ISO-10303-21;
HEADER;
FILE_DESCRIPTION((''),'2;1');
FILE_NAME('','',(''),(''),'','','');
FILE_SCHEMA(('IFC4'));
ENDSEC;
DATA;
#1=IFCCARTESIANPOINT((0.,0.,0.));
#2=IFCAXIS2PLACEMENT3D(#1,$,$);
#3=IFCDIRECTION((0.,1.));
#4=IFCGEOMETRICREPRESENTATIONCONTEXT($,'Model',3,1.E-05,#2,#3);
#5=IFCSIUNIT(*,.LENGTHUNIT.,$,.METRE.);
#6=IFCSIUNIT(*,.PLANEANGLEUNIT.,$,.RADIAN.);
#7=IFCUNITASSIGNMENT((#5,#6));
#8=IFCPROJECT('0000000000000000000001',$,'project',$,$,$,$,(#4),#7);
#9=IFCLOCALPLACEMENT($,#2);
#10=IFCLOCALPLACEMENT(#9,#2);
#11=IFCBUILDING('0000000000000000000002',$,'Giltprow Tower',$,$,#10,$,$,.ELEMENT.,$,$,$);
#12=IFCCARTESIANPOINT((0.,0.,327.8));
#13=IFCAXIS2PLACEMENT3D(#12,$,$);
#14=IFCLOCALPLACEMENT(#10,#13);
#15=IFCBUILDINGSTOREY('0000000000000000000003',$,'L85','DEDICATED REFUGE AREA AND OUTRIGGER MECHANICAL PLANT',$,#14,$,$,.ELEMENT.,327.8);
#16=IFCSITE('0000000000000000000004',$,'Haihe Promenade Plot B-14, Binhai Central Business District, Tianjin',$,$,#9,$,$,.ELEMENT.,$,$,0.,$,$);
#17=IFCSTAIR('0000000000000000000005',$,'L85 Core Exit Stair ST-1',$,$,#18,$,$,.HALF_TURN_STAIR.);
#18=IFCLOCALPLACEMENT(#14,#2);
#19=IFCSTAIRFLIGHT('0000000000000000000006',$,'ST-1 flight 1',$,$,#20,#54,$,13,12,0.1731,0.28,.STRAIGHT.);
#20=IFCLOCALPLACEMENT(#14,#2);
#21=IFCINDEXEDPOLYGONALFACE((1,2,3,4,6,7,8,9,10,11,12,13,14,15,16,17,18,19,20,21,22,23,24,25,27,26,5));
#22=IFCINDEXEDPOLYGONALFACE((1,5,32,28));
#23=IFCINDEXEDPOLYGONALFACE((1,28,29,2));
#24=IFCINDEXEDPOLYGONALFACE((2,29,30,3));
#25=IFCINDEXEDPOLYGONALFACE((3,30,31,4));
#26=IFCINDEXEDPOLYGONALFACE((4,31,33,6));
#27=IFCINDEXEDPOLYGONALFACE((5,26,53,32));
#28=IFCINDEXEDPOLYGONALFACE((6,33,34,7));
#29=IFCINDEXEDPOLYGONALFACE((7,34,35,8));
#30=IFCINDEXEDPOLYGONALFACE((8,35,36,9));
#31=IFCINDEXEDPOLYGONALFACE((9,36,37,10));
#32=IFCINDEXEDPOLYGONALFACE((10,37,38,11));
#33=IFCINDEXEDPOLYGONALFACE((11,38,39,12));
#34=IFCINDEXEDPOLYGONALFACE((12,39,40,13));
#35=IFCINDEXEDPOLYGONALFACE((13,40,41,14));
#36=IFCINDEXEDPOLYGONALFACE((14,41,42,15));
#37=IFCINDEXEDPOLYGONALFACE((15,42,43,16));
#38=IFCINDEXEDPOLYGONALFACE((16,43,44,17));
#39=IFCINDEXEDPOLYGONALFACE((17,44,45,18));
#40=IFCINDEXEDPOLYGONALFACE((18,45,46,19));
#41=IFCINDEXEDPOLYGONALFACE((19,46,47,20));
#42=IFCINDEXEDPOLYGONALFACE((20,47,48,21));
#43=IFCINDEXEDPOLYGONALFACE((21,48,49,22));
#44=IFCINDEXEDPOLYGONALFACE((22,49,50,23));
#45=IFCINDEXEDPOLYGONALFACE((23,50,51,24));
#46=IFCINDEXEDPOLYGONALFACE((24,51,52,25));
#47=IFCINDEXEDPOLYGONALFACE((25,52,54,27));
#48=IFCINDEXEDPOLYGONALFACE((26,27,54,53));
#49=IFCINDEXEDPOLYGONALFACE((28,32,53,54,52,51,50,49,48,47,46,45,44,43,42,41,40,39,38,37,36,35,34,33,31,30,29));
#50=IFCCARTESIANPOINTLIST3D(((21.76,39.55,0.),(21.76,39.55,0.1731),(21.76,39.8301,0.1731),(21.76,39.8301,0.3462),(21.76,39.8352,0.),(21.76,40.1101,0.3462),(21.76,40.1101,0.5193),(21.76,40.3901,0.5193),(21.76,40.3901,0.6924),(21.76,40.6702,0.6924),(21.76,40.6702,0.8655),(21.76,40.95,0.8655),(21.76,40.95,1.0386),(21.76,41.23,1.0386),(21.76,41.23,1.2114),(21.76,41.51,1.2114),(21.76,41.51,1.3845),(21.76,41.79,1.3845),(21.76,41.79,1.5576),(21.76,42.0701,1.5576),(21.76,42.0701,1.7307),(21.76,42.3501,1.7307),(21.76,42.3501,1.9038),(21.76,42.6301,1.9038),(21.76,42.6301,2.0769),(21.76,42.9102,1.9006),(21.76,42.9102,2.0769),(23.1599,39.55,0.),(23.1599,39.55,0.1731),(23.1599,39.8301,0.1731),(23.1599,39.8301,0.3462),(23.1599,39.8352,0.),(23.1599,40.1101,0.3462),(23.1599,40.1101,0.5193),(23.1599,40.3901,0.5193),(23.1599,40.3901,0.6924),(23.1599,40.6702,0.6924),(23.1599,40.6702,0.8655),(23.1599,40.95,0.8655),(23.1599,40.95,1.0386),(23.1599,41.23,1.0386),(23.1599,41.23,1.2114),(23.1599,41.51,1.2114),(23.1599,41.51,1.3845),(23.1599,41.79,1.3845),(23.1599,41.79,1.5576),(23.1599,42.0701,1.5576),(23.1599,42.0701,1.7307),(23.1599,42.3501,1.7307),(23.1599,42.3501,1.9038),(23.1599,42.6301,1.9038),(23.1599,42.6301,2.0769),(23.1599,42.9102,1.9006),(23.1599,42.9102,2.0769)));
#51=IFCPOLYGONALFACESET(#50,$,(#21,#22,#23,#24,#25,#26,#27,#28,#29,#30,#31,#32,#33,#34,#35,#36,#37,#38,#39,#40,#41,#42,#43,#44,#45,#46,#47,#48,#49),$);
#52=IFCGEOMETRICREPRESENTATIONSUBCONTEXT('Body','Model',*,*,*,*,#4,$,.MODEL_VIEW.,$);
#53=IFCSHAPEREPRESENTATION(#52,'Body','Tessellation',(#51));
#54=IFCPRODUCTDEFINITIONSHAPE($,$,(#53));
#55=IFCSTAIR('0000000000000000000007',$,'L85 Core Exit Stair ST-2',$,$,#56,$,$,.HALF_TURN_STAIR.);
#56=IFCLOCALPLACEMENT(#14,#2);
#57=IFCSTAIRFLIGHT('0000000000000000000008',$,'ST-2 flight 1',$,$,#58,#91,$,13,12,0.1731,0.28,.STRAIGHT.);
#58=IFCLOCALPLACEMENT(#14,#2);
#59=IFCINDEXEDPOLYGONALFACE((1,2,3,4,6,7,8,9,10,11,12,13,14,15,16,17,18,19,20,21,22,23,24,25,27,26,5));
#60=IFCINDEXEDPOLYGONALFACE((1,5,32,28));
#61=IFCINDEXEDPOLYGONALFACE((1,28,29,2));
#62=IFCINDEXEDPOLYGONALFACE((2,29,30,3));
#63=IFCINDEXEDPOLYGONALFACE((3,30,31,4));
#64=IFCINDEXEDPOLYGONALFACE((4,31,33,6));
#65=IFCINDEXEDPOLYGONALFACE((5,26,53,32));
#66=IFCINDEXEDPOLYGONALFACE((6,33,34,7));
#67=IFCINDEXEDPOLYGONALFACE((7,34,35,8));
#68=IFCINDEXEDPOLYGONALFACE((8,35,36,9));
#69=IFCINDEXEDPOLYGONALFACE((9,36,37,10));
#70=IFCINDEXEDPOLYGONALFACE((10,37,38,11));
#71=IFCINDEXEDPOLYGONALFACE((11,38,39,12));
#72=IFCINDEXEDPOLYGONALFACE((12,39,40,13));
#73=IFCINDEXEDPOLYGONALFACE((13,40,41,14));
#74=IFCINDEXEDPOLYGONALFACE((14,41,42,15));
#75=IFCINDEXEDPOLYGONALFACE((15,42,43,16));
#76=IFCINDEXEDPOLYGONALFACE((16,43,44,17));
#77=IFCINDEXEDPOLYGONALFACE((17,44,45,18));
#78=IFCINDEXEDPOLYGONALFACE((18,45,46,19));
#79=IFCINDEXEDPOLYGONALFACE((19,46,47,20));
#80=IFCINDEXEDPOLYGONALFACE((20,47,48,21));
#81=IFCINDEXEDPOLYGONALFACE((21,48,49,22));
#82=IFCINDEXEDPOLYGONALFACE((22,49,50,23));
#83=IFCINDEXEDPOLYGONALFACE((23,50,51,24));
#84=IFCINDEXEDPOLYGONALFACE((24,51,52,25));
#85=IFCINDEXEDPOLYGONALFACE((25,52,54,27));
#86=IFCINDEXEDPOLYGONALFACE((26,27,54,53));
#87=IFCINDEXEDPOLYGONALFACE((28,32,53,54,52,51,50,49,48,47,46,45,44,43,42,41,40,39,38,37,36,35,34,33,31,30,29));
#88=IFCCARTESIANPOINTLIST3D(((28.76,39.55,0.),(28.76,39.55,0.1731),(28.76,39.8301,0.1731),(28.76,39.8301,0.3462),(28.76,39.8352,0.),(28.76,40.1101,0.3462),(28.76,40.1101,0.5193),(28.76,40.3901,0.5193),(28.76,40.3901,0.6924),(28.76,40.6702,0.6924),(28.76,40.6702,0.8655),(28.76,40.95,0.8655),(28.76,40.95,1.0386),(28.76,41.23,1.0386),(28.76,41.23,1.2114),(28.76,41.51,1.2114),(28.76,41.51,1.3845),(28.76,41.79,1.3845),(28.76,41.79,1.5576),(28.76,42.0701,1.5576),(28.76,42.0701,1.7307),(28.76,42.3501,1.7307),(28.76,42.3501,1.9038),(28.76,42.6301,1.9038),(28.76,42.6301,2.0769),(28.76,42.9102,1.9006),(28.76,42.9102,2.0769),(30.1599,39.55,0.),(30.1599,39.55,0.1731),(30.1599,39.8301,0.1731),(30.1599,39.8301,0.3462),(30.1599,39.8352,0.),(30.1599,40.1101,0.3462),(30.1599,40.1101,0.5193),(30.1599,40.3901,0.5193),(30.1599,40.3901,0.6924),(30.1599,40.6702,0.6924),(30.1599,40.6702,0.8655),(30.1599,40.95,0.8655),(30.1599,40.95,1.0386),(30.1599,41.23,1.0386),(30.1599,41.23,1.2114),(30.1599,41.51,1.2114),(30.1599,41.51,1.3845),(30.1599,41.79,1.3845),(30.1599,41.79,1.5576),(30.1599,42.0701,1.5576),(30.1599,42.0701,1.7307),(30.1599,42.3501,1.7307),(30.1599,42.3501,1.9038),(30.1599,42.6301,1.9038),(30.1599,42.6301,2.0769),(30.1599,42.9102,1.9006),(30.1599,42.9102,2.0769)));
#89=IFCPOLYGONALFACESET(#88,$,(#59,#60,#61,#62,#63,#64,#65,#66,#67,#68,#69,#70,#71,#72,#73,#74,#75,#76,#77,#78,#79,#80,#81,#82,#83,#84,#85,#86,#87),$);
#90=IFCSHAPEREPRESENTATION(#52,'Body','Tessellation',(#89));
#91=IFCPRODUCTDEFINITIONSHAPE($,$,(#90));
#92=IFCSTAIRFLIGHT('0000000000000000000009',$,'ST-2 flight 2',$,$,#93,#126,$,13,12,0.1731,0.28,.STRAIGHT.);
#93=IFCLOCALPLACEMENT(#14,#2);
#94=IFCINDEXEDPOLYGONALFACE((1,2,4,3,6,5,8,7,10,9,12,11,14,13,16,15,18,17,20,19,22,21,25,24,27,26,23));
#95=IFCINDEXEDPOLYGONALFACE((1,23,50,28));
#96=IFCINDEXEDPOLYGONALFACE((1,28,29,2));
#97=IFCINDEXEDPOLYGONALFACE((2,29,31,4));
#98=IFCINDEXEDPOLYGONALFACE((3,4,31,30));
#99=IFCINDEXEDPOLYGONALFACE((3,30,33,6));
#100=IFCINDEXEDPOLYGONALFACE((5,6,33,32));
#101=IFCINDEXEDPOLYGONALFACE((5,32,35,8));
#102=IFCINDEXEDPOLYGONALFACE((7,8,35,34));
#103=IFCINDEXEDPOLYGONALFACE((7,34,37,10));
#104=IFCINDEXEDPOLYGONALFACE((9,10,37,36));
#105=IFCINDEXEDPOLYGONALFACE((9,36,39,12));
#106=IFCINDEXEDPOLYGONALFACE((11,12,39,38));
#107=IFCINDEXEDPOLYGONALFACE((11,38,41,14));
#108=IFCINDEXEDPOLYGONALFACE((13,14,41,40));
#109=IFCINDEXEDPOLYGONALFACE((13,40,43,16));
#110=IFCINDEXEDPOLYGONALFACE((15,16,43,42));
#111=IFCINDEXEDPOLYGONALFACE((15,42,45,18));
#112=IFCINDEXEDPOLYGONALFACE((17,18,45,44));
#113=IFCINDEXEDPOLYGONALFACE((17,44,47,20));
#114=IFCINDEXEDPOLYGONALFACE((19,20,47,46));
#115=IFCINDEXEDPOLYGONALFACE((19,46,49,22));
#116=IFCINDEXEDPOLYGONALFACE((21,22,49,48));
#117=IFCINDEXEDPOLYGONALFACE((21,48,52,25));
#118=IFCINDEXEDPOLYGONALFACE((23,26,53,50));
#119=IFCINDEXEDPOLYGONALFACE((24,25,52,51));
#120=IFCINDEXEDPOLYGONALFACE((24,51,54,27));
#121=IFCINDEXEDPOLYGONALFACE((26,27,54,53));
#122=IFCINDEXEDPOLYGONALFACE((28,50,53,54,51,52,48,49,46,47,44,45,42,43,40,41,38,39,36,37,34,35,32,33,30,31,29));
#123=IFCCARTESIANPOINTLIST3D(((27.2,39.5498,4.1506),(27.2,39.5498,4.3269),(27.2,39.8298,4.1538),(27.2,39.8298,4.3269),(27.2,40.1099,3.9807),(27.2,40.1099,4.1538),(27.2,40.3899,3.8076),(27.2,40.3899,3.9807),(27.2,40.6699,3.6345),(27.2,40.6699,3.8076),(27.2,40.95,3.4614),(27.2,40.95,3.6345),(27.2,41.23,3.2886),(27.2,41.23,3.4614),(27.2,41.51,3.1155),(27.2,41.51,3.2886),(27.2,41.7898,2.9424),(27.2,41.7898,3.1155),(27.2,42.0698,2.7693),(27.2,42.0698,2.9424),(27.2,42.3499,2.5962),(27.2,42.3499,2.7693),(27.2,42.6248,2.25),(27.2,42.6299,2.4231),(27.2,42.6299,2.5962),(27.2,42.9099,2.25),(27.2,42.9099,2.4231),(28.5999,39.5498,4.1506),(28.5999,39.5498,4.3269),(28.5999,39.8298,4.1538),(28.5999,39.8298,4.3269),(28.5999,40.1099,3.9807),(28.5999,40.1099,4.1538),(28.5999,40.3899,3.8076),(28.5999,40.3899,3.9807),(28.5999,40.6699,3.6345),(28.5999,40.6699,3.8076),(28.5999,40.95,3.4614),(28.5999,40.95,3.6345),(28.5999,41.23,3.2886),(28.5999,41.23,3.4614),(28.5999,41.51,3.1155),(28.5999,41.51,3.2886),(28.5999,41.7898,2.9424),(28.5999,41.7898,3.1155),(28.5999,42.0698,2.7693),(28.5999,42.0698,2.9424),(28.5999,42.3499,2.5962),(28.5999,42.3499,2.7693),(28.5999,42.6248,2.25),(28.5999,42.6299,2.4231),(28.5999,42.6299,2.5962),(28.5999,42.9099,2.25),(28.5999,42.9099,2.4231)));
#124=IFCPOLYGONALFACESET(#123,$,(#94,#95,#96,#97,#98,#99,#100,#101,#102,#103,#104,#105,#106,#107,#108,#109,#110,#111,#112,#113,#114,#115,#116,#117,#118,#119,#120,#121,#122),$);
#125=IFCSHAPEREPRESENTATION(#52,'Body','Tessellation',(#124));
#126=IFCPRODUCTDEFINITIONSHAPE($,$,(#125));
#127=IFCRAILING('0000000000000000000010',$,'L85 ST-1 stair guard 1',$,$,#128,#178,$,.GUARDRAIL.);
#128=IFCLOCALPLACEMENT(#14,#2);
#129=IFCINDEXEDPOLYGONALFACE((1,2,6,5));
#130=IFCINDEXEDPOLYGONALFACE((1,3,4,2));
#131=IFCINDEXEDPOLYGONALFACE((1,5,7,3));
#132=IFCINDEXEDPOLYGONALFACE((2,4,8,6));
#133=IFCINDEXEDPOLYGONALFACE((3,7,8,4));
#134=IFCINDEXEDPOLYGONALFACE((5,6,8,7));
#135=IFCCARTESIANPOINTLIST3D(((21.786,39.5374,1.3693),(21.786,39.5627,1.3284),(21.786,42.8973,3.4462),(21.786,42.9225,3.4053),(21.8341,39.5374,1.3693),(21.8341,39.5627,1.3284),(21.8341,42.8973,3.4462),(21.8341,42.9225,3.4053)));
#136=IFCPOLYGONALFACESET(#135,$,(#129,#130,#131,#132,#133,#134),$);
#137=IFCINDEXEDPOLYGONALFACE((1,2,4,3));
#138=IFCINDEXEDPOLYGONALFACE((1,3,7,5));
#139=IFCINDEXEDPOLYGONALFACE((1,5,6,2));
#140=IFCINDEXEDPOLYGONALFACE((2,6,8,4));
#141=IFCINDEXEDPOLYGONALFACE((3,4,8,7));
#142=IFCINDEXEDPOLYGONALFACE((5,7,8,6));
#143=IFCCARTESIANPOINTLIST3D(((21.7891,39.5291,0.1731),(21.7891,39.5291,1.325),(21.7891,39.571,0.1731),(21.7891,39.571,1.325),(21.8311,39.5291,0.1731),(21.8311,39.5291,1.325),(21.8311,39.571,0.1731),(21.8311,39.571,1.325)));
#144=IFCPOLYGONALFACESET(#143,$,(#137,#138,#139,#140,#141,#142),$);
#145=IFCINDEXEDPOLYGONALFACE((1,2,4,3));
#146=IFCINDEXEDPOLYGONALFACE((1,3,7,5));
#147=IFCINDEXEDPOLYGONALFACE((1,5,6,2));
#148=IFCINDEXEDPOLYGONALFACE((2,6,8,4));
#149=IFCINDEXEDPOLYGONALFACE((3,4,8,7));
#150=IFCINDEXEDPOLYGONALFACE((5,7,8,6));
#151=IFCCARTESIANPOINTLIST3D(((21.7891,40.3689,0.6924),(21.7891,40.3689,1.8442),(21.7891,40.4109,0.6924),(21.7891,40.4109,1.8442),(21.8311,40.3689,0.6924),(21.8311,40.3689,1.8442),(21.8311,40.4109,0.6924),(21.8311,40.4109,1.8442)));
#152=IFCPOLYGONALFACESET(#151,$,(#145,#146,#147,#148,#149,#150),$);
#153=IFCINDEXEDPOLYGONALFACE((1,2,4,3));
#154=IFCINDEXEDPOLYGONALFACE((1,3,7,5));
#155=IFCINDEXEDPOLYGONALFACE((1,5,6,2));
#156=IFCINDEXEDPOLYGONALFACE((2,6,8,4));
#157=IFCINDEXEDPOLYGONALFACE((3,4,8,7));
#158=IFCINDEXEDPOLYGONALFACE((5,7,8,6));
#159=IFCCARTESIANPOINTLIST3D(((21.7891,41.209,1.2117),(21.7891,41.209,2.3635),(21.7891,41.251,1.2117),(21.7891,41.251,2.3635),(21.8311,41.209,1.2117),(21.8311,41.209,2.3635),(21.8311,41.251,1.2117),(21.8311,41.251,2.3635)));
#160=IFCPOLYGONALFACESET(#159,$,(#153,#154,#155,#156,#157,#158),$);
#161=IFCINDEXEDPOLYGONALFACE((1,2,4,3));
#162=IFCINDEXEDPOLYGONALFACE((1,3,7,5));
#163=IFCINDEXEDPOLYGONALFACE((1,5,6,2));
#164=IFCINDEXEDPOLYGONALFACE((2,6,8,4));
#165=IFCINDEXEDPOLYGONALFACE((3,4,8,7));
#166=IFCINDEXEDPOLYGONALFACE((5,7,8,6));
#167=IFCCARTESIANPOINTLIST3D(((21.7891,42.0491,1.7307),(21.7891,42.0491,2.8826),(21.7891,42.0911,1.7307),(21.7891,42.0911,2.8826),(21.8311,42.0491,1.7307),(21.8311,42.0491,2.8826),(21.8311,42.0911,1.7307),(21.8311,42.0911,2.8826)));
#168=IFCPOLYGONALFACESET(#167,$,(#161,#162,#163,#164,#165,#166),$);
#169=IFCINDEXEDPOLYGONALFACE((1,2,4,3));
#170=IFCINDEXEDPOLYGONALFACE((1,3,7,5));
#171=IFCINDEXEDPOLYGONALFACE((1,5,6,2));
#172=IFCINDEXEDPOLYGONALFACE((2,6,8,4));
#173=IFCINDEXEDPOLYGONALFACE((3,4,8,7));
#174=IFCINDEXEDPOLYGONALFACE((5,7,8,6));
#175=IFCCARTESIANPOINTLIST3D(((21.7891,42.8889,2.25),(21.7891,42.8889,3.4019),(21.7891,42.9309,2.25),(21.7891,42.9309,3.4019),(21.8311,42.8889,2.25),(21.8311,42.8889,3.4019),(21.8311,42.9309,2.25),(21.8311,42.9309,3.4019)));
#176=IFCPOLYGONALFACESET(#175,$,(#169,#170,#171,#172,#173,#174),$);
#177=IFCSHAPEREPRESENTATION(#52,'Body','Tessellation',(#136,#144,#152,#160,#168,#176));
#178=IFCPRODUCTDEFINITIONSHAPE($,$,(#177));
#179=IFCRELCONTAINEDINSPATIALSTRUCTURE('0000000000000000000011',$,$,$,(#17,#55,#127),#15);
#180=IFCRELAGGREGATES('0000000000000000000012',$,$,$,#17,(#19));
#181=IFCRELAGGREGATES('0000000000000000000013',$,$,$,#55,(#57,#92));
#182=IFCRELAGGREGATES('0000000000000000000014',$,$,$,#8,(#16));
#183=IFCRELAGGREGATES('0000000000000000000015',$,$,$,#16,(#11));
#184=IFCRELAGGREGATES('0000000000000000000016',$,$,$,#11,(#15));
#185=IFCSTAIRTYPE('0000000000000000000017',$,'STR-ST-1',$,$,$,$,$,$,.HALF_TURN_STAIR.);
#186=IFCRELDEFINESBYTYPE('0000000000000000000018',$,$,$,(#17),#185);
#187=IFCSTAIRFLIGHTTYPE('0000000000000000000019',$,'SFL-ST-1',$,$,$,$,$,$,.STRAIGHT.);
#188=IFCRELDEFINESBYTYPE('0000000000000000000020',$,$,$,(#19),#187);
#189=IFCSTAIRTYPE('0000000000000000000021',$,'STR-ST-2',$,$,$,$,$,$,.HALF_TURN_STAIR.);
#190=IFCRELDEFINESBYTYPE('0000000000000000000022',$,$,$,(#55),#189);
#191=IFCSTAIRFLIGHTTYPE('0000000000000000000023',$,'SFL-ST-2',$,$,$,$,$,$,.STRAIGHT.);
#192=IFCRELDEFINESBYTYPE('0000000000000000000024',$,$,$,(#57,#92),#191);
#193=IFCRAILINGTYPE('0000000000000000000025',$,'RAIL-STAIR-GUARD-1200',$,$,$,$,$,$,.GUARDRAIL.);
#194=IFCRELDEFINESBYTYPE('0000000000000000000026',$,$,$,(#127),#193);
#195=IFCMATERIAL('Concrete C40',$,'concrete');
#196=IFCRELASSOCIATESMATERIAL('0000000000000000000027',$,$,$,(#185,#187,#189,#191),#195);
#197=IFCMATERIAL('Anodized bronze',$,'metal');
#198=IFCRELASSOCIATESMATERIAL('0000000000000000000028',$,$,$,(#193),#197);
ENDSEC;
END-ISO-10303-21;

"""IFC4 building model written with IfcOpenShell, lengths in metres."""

from ifc_helpers import new_model, si_unit, direction, frame, origin, origin_2d, place, context, subcontext, project, spatial, polyline, rectangle, outline, extrude, material, type_object, element, aggregate, save


model = new_model("IFC4")

# Units and contexts
model_context = context("Model", 3, precision=1e-05, world=origin(), true_north=direction((0.0, 1.0)))
body_context = subcontext(model_context, "Body", "Model", "MODEL_VIEW")
ifc_project = project(units=[si_unit("LENGTHUNIT", "METRE"), si_unit("PLANEANGLEUNIT", "RADIAN")], contexts=[model_context])

# Site, building, storey
site_placement = place(None, origin())
site = spatial("IfcSite", under=ifc_project, at=site_placement, Name="Haihe Promenade Plot B-14, Binhai Central Business District, Tianjin", CompositionType="ELEMENT", RefElevation=0.0)
building_placement = place(site_placement, origin())
building = spatial("IfcBuilding", under=site, at=building_placement, Name="Giltprow Tower", CompositionType="ELEMENT")
storey_placement = place(building_placement, frame((0.0, 0.0, 327.8)))
storey = spatial("IfcBuildingStorey", under=building, at=storey_placement, Name="L85", Description="DEDICATED REFUGE AREA AND OUTRIGGER MECHANICAL PLANT", CompositionType="ELEMENT", Elevation=327.8)

# Shared definitions
ifc_material_1 = material(Name="Concrete C40", Category="concrete")

# Stair, stair flight
stair_type_1 = type_object("IfcStairType", Name="STR-ST-1", PredefinedType="HALF_TURN_STAIR", material=ifc_material_1)
stair_1_placement = place(storey_placement, origin())
stair_1 = element("IfcStair", 1, at=stair_1_placement, inside=storey, type_object=stair_type_1, Name="L85 Core Exit Stair ST-1", PredefinedType="HALF_TURN_STAIR")
stair_flight_type_1 = type_object("IfcStairFlightType", Name="SFL-ST-1", PredefinedType="STRAIGHT", material=ifc_material_1)
stair_flight_1_placement = place(storey_placement, frame((22.46, 39.55, 0.0), z_axis=(0.0, 0.0, 1.0), x_axis=(0.0, 1.0, 0.0)))
stair_flight_1 = element("IfcStairFlight", 2, at=stair_flight_1_placement, type_object=stair_flight_type_1, Name="ST-1 flight 1", NumberOfRisers=13, NumberOfTreads=12, PredefinedType="STRAIGHT", RiserHeight=0.1731, TreadLength=0.28, context=body_context, shape_type="SweptSolid", body=[
    extrude(outline(polyline([(0.0, 0.0), (0.0, 0.1731), (0.28, 0.1731), (0.28, 0.3462), (0.5601, 0.3462), (0.5601, 0.5193), (0.8401, 0.5193), (0.8401, 0.6924), (1.1201, 0.6924), (1.1201, 0.8655), (1.3999, 0.8655), (1.3999, 1.0386), (1.6799, 1.0386), (1.6799, 1.2114), (1.96, 1.2114), (1.96, 1.3845), (2.24, 1.3845), (2.24, 1.5576), (2.52, 1.5576), (2.52, 1.7307), (2.8, 1.7307), (2.8, 1.9038), (3.0801, 1.9038), (3.0801, 2.0769), (3.3601, 2.0769), (3.3601, 2.25), (3.3601, 1.9006), (0.2852, 0.0), (0.0, 0.0)])), frame((0.0, 0.7, 0.0), z_axis=(0.0, -1.0, 0.0), x_axis=(1.0, 0.0, 0.0)), (0.0, 0.0, 1.0), 1.3999),
])
aggregate(stair_1, [stair_flight_1])

# Stair, stair flights
stair_type_2 = type_object("IfcStairType", Name="STR-ST-2", PredefinedType="HALF_TURN_STAIR", material=ifc_material_1)
stair_2_placement = place(storey_placement, origin())
stair_2 = element("IfcStair", 3, at=stair_2_placement, inside=storey, type_object=stair_type_2, Name="L85 Core Exit Stair ST-2", PredefinedType="HALF_TURN_STAIR")
stair_flight_type_2 = type_object("IfcStairFlightType", Name="SFL-ST-2", PredefinedType="STRAIGHT", material=ifc_material_1)
stair_flight_2_placement = place(storey_placement, frame((29.46, 39.55, 0.0), z_axis=(0.0, 0.0, 1.0), x_axis=(0.0, 1.0, 0.0)))
stair_flight_2 = element("IfcStairFlight", 4, at=stair_flight_2_placement, type_object=stair_flight_type_2, Name="ST-2 flight 1", NumberOfRisers=13, NumberOfTreads=12, PredefinedType="STRAIGHT", RiserHeight=0.1731, TreadLength=0.28, context=body_context, shape_type="SweptSolid", body=[
    extrude(outline(polyline([(0.0, 0.0), (0.0, 0.1731), (0.28, 0.1731), (0.28, 0.3462), (0.5601, 0.3462), (0.5601, 0.5193), (0.8401, 0.5193), (0.8401, 0.6924), (1.1201, 0.6924), (1.1201, 0.8655), (1.3999, 0.8655), (1.3999, 1.0386), (1.6799, 1.0386), (1.6799, 1.2114), (1.96, 1.2114), (1.96, 1.3845), (2.24, 1.3845), (2.24, 1.5576), (2.52, 1.5576), (2.52, 1.7307), (2.8, 1.7307), (2.8, 1.9038), (3.0801, 1.9038), (3.0801, 2.0769), (3.3601, 2.0769), (3.3601, 2.25), (3.3601, 1.9006), (0.2852, 0.0), (0.0, 0.0)])), frame((0.0, 0.7, 0.0), z_axis=(0.0, -1.0, 0.0), x_axis=(1.0, 0.0, 0.0)), (0.0, 0.0, 1.0), 1.3999),
])
stair_flight_3_placement = place(storey_placement, frame((27.8999, 42.9099, 2.25), z_axis=(0.0, 0.0, 1.0), x_axis=(0.0, -1.0, 0.0)))
stair_flight_3 = element("IfcStairFlight", 5, at=stair_flight_3_placement, type_object=stair_flight_type_2, Name="ST-2 flight 2", NumberOfRisers=13, NumberOfTreads=12, PredefinedType="STRAIGHT", RiserHeight=0.1731, TreadLength=0.28, context=body_context, shape_type="SweptSolid", body=[
    extrude(outline(polyline([(0.0, 0.0), (0.0, 0.1731), (0.28, 0.1731), (0.28, 0.3462), (0.5601, 0.3462), (0.5601, 0.5193), (0.8401, 0.5193), (0.8401, 0.6924), (1.1201, 0.6924), (1.1201, 0.8655), (1.3999, 0.8655), (1.3999, 1.0386), (1.6799, 1.0386), (1.6799, 1.2114), (1.96, 1.2114), (1.96, 1.3845), (2.24, 1.3845), (2.24, 1.5576), (2.52, 1.5576), (2.52, 1.7307), (2.8, 1.7307), (2.8, 1.9038), (3.0801, 1.9038), (3.0801, 2.0769), (3.3601, 2.0769), (3.3601, 2.25), (3.3601, 1.9006), (0.2852, 0.0), (0.0, 0.0)])), frame((0.0, 0.7, 0.0), z_axis=(0.0, -1.0, 0.0), x_axis=(1.0, 0.0, 0.0)), (0.0, 0.0, 1.0), 1.3999),
])
aggregate(stair_2, [stair_flight_2, stair_flight_3])

# Railing
ifc_material_2 = material(Name="Anodized bronze", Category="metal")
railing_type_1 = type_object("IfcRailingType", Name="RAIL-STAIR-GUARD-1200", PredefinedType="GUARDRAIL", material=ifc_material_2)
railing_1_placement = place(storey_placement, frame((21.8101, 39.55, 0.1731)))
element("IfcRailing", 6, at=railing_1_placement, inside=storey, type_object=railing_type_1, Name="L85 ST-1 stair guard 1", PredefinedType="GUARDRAIL", context=body_context, shape_type="SweptSolid", body=[
    extrude(rectangle(XDim=0.0481, YDim=0.0481, at=origin_2d()), frame((0.0, 0.0, 1.1758), z_axis=(0.0, 0.850606, 0.525803), x_axis=(-1.0, 0.0, 0.0)), (0.0, 0.0, 1.0), 3.95),
    extrude(rectangle(XDim=0.042, YDim=0.042, at=origin_2d()), origin(), (0.0, 0.0, 1.0), 1.1519),
    extrude(rectangle(XDim=0.042, YDim=0.042, at=origin_2d()), frame((0.0, 0.8398, 0.5193)), (0.0, 0.0, 1.0), 1.1519),
    extrude(rectangle(XDim=0.042, YDim=0.042, at=origin_2d()), frame((0.0, 1.6799, 1.0386)), (0.0, 0.0, 1.0), 1.1519),
    extrude(rectangle(XDim=0.042, YDim=0.042, at=origin_2d()), frame((0.0, 2.52, 1.5576)), (0.0, 0.0, 1.0), 1.1519),
    extrude(rectangle(XDim=0.042, YDim=0.042, at=origin_2d()), frame((0.0, 3.3599, 2.0769)), (0.0, 0.0, 1.0), 1.1519),
])

save(model, "model.ifc")
